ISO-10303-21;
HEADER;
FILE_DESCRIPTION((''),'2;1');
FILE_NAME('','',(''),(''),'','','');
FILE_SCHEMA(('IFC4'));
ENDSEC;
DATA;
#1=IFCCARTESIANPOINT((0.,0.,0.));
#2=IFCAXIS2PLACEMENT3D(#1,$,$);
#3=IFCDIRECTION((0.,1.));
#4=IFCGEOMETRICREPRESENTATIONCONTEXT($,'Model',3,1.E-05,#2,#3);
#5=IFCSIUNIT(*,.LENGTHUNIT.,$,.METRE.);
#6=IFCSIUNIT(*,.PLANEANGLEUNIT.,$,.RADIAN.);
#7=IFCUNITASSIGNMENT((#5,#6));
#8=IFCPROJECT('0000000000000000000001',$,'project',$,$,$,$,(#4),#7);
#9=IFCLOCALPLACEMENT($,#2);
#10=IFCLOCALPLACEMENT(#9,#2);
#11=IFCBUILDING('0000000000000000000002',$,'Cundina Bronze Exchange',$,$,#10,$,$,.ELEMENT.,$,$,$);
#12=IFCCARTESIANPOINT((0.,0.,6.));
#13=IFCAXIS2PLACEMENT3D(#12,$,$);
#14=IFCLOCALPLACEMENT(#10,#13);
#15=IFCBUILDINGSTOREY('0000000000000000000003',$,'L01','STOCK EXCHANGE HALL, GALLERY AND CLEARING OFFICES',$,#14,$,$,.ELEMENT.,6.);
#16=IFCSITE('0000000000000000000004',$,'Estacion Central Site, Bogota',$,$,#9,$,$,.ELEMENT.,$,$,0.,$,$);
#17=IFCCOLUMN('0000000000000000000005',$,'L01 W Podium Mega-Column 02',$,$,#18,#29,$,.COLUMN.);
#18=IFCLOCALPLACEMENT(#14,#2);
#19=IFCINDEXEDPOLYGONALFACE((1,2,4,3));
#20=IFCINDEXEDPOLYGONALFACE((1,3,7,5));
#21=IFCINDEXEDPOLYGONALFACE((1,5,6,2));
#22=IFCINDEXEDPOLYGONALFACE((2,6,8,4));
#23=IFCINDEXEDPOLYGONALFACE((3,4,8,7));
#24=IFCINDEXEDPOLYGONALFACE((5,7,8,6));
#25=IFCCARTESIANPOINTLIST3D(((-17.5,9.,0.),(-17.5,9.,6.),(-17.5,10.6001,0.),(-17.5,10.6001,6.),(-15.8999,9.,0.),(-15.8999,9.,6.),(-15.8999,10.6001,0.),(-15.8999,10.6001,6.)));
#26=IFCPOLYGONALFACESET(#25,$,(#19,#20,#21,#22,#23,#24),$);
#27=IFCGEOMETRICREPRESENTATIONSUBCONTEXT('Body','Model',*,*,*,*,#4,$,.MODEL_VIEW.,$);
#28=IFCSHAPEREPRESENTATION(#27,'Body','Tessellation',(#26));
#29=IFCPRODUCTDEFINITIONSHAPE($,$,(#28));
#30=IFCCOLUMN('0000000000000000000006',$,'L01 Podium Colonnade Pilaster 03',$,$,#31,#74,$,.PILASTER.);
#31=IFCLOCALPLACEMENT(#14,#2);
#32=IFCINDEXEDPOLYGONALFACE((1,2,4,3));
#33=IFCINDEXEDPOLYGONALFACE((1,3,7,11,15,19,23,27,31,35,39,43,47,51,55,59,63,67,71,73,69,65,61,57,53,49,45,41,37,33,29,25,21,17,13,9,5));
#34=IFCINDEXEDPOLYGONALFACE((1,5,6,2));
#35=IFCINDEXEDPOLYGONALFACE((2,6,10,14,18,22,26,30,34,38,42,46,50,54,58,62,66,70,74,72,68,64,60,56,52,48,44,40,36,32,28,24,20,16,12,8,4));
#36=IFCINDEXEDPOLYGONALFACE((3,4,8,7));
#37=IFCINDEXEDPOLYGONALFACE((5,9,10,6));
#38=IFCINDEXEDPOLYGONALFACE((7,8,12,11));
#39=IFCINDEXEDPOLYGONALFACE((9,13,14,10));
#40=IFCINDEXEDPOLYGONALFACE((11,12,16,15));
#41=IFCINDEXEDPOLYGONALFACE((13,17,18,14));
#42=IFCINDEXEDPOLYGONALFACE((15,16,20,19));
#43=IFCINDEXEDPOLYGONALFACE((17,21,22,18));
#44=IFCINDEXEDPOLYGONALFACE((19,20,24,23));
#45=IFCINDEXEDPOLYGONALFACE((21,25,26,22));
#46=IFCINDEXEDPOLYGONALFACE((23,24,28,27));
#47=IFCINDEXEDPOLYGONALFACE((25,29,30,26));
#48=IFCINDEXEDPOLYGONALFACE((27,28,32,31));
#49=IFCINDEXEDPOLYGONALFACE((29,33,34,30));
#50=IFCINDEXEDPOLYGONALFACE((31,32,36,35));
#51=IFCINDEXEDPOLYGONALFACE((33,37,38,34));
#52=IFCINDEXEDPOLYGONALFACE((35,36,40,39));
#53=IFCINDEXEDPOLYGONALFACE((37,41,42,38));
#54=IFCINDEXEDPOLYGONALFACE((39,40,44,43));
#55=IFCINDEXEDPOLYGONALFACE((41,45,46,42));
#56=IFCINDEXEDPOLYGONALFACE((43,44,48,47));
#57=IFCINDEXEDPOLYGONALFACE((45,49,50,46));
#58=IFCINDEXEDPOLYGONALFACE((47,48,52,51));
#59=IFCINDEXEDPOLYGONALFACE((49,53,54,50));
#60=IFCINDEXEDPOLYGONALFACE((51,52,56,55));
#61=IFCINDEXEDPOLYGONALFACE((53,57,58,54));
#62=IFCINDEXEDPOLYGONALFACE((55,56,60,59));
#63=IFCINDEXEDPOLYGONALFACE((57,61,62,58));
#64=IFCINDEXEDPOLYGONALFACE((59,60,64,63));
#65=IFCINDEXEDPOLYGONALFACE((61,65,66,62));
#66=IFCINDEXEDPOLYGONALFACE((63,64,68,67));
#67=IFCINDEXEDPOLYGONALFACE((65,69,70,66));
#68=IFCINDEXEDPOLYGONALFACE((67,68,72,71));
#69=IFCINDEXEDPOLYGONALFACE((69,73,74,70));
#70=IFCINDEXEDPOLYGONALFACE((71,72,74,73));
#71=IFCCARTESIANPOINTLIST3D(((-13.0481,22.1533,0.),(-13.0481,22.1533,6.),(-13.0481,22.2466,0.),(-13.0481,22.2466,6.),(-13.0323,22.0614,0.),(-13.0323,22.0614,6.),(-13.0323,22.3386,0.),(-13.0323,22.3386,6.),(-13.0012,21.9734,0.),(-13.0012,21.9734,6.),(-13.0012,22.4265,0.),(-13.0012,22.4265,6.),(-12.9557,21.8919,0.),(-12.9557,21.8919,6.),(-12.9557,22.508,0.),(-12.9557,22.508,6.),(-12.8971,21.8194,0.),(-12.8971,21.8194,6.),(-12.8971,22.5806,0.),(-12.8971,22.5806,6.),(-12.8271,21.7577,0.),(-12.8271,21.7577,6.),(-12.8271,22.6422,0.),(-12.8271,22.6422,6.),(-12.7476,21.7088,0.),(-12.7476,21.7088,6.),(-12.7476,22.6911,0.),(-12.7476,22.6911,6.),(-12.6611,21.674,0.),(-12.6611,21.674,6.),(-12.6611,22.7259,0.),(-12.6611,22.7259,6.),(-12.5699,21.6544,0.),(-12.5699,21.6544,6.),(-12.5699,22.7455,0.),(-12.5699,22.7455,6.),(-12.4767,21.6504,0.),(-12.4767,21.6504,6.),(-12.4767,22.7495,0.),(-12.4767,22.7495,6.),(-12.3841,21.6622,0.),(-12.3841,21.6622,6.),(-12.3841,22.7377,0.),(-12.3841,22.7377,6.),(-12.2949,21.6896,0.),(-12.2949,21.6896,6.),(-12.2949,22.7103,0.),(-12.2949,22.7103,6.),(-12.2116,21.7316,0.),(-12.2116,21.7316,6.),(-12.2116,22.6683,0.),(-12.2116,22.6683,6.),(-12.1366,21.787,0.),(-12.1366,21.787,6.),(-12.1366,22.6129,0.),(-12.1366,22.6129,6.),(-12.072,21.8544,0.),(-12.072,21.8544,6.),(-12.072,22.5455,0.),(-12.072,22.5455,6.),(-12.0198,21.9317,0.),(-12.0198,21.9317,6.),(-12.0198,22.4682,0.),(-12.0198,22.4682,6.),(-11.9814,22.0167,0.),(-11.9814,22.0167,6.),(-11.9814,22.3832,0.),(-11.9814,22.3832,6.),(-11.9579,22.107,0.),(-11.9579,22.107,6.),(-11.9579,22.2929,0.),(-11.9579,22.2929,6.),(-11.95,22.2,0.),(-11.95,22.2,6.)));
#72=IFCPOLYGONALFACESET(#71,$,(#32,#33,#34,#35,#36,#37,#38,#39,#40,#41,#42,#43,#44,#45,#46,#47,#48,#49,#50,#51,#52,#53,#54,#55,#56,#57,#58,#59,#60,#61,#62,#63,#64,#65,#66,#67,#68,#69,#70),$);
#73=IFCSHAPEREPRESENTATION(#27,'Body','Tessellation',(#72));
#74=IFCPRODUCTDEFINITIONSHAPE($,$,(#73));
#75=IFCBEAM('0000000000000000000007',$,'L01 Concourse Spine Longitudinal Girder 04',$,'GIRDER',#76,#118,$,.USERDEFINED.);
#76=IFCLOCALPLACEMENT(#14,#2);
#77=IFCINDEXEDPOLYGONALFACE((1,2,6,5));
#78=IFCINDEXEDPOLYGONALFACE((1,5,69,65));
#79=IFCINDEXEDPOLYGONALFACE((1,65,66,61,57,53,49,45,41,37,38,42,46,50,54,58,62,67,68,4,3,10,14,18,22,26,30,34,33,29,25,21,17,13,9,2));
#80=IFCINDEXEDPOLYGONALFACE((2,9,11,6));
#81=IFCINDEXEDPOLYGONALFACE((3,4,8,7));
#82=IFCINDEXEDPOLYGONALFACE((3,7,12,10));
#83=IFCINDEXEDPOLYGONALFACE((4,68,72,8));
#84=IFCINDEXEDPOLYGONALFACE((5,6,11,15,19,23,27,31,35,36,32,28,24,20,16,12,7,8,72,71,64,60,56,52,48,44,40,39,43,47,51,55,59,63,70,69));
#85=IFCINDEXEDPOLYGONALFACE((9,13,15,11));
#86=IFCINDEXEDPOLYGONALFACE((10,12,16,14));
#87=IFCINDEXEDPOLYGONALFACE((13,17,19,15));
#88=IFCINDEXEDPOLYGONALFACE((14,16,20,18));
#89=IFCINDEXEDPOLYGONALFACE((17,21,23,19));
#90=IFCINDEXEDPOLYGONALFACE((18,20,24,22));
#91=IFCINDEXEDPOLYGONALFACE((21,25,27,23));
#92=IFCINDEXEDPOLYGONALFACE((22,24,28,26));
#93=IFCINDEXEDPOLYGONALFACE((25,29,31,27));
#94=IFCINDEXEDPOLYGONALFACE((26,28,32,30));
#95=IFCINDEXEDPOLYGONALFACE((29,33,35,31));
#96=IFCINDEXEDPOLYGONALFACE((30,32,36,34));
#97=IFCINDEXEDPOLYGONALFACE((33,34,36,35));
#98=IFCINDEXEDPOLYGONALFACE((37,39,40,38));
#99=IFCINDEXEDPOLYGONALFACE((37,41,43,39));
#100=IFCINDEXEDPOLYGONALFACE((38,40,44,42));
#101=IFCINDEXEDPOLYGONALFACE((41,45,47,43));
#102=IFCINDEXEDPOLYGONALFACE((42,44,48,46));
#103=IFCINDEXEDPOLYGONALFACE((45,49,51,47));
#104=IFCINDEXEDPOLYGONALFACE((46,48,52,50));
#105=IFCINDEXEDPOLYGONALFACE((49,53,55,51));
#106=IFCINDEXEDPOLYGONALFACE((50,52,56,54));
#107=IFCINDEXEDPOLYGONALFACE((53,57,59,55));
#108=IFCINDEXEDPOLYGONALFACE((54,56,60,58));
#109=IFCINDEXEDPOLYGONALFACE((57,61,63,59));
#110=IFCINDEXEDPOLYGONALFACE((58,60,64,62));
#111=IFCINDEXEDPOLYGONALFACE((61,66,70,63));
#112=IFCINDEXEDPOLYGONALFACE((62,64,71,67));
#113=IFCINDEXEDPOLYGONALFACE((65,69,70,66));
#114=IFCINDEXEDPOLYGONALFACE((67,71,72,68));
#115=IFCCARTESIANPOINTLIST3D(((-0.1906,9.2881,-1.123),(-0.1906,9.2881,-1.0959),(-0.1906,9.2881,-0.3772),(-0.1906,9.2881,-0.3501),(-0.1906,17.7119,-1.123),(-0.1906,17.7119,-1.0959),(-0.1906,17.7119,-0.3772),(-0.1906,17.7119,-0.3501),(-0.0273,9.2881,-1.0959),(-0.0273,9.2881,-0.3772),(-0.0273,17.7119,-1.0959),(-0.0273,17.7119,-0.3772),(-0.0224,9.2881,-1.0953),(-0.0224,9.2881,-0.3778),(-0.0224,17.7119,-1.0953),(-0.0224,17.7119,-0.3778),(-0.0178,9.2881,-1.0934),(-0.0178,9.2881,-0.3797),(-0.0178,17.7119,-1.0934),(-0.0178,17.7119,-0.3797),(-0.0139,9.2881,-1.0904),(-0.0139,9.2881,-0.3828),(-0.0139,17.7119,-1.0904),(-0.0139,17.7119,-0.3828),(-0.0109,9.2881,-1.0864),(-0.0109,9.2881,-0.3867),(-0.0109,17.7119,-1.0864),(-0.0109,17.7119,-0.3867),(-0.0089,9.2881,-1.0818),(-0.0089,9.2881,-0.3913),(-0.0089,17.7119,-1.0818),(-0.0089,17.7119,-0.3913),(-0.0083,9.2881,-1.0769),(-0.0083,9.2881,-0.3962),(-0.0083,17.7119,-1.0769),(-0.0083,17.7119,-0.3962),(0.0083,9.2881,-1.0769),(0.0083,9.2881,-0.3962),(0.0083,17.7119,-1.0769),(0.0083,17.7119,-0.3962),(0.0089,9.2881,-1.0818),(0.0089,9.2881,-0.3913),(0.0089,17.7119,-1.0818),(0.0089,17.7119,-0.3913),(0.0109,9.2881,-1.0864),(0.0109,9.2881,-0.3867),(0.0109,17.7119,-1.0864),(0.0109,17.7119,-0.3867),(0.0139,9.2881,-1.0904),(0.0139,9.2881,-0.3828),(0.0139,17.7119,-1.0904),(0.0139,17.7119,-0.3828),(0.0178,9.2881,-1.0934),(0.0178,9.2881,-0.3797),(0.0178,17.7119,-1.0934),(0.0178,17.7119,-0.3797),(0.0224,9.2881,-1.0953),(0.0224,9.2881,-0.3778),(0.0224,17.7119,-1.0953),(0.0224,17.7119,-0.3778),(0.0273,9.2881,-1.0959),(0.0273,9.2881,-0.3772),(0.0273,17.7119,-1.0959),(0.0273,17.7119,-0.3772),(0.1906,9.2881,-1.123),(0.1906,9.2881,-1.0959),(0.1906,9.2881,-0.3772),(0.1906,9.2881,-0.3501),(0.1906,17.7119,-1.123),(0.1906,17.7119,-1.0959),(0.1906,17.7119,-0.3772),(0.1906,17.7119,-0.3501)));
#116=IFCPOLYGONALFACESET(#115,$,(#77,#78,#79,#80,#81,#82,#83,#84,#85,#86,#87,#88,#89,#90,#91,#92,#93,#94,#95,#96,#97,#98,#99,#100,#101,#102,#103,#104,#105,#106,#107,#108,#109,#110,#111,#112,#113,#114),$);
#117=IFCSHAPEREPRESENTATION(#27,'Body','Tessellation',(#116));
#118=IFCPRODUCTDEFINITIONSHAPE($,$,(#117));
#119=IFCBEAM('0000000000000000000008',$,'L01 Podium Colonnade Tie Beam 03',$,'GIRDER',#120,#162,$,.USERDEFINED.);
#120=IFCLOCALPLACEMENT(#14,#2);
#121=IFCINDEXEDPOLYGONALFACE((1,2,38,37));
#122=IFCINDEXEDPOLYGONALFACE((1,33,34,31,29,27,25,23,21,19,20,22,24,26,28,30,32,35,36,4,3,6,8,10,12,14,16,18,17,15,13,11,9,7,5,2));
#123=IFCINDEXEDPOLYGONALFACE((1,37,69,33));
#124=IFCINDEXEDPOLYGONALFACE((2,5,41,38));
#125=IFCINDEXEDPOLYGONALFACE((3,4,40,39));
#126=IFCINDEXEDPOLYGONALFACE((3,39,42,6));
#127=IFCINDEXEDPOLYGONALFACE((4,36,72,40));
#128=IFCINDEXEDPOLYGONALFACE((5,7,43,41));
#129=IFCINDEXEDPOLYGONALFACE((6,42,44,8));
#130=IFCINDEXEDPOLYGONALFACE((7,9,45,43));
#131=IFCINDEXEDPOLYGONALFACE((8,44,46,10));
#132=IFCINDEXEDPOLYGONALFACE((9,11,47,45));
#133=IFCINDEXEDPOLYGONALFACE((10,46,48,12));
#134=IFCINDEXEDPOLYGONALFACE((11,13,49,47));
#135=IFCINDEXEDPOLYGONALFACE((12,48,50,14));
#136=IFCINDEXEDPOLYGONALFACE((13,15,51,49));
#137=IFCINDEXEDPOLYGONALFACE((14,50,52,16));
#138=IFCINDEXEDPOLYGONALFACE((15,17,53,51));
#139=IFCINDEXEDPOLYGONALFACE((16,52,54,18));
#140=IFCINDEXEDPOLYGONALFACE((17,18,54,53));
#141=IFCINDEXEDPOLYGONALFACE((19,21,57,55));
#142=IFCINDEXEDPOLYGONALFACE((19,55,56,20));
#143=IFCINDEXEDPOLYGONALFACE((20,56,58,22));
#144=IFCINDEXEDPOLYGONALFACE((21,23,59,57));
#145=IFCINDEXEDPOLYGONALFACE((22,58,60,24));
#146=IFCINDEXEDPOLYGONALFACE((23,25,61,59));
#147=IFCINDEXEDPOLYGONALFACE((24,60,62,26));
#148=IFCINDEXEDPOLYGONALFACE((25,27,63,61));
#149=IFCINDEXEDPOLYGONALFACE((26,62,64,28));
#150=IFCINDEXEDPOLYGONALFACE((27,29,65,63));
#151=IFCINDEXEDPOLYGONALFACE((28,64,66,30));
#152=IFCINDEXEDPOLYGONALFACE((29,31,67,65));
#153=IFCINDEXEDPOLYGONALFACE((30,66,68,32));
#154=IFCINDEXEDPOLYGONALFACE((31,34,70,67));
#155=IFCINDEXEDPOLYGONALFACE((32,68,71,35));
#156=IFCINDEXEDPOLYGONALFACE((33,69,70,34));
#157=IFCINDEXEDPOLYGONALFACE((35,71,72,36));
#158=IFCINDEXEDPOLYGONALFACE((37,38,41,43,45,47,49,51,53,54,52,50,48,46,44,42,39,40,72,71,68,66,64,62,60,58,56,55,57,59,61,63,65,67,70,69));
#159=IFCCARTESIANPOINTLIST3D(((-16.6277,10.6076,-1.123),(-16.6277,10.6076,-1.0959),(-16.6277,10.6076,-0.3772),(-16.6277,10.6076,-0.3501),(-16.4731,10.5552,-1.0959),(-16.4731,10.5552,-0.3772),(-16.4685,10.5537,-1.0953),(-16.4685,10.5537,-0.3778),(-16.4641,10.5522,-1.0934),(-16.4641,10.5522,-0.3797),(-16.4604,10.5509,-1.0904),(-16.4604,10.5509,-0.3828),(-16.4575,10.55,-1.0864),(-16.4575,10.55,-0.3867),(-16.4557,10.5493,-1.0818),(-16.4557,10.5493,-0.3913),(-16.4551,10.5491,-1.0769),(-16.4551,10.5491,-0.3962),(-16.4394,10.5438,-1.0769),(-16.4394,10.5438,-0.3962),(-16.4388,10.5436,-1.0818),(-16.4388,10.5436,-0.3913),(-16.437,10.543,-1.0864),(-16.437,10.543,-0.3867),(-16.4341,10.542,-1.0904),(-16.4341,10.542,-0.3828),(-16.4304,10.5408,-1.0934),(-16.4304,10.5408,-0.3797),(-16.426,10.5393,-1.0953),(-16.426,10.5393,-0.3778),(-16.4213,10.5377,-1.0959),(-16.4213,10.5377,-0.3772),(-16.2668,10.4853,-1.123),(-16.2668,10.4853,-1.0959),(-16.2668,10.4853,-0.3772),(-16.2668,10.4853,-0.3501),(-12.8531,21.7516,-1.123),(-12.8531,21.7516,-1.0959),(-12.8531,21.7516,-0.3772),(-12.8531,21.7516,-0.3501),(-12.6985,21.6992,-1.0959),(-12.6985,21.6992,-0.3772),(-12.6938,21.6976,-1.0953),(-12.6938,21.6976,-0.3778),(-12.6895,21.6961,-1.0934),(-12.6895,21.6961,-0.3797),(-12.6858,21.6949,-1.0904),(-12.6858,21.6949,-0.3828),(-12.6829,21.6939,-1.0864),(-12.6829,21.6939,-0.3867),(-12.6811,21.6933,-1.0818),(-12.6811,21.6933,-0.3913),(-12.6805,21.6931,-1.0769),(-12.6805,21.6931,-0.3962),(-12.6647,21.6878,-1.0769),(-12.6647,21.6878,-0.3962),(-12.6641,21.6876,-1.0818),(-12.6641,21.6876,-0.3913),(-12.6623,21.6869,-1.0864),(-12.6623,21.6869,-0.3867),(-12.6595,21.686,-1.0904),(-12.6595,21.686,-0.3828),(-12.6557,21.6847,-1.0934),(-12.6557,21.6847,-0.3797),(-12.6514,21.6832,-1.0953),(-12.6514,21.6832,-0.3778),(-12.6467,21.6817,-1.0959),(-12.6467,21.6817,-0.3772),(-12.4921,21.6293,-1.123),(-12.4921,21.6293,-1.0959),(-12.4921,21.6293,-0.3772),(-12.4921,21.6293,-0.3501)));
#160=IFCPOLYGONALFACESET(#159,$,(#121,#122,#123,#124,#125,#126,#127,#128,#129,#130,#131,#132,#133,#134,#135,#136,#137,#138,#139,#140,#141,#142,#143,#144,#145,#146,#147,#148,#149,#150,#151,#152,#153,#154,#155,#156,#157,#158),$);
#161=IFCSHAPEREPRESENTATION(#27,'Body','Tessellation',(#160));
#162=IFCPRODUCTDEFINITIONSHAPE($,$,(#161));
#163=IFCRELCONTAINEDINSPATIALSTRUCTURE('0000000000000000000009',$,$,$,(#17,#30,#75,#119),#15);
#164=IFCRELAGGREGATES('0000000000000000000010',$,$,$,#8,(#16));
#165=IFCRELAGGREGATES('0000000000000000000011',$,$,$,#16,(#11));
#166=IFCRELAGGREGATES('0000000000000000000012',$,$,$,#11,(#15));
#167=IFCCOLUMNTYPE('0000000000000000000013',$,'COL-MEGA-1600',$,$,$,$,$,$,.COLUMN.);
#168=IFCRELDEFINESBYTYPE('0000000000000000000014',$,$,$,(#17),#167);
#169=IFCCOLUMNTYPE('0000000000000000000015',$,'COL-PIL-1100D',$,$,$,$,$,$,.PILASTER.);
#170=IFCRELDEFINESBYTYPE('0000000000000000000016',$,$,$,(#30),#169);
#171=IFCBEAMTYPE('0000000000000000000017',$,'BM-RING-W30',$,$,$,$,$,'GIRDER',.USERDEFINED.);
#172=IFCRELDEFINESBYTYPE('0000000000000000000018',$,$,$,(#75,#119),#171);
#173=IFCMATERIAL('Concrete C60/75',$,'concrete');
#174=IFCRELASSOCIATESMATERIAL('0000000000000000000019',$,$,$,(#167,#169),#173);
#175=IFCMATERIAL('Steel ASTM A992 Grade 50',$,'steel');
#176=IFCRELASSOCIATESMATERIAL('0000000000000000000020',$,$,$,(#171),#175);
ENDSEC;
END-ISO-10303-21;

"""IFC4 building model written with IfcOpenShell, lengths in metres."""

from ifc_helpers import new_model, si_unit, direction, frame, origin, origin_2d, place, context, subcontext, project, spatial, rectangle, circle, i_section, extrude, material, material_profile, profile_set, type_object, element, save


model = new_model("IFC4")

# Units and contexts
model_context = context("Model", 3, precision=1e-05, world=origin(), true_north=direction((0.0, 1.0)))
body_context = subcontext(model_context, "Body", "Model", "MODEL_VIEW")
ifc_project = project(units=[si_unit("LENGTHUNIT", "METRE"), si_unit("PLANEANGLEUNIT", "RADIAN")], contexts=[model_context])

# Site, building, storey
site_placement = place(None, origin())
site = spatial("IfcSite", under=ifc_project, at=site_placement, Name="Estacion Central Site, Bogota", CompositionType="ELEMENT", RefElevation=0.0)
building_placement = place(site_placement, origin())
building = spatial("IfcBuilding", under=site, at=building_placement, Name="Cundina Bronze Exchange", CompositionType="ELEMENT")
storey_placement = place(building_placement, frame((0.0, 0.0, 6.0)))
storey = spatial("IfcBuildingStorey", under=building, at=storey_placement, Name="L01", Description="STOCK EXCHANGE HALL, GALLERY AND CLEARING OFFICES", CompositionType="ELEMENT", Elevation=6.0)

# Columns
ifc_material_1 = material(Name="Concrete C60/75", Category="concrete")
ifc_material_profile_1 = material_profile(ifc_material_1, rectangle(XDim=1.6001, YDim=1.6001, at=origin_2d()), Name="RC1600X1600", Category="concrete")
ifc_profile_set_1 = profile_set([ifc_material_profile_1], Name="Concrete C60/75")
column_type_1 = type_object("IfcColumnType", Name="COL-MEGA-1600", PredefinedType="COLUMN", material=ifc_profile_set_1)
column_1_placement = place(storey_placement, frame((-16.7, 9.8, 0.0), z_axis=(0.0, 0.0, 1.0), x_axis=(1.0, 0.0, 0.0)))
element("IfcColumn", 1, at=column_1_placement, inside=storey, type_object=column_type_1, Name="L01 W Podium Mega-Column 02", PredefinedType="COLUMN", context=body_context, shape_type="SweptSolid", body=[
    extrude(rectangle(XDim=1.6001, YDim=1.6001, at=origin_2d()), origin(), (0.0, 0.0, 1.0), 6.0),
])
ifc_material_profile_2 = material_profile(ifc_material_1, circle(Radius=0.55, at=origin_2d()), Name="RC1100D", Category="concrete")
ifc_profile_set_2 = profile_set([ifc_material_profile_2], Name="Concrete C60/75")
column_type_2 = type_object("IfcColumnType", Name="COL-PIL-1100D", PredefinedType="PILASTER", material=ifc_profile_set_2)
column_2_placement = place(storey_placement, frame((-12.5, 22.2, 0.0), z_axis=(0.0, 0.0, 1.0), x_axis=(1.0, 0.0, 0.0)))
element("IfcColumn", 2, at=column_2_placement, inside=storey, type_object=column_type_2, Name="L01 Podium Colonnade Pilaster 03", PredefinedType="PILASTER", context=body_context, shape_type="SweptSolid", body=[
    extrude(circle(Radius=0.55, at=origin_2d()), origin(), (0.0, 0.0, 1.0), 6.0),
])

# Beams
ifc_material_2 = material(Name="Steel ASTM A992 Grade 50", Category="steel")
ifc_material_profile_3 = material_profile(ifc_material_2, i_section(OverallWidth=0.3811, OverallDepth=0.7729, WebThickness=0.0166, FlangeThickness=0.0271, FilletRadius=0.019, at=origin_2d()), Name="W30X173", Category="steel")
ifc_profile_set_3 = profile_set([ifc_material_profile_3], Name="Steel ASTM A992 Grade 50")
beam_type = type_object("IfcBeamType", Name="BM-RING-W30", ElementType="GIRDER", PredefinedType="USERDEFINED", material=ifc_profile_set_3)
beam_1_placement = place(storey_placement, frame((0.0, 9.2881, -0.7366), z_axis=(0.0, 1.0, 0.0), x_axis=(-1.0, 0.0, 0.0)))
element("IfcBeam", 3, at=beam_1_placement, inside=storey, type_object=beam_type, Name="L01 Concourse Spine Longitudinal Girder 04", ObjectType="GIRDER", PredefinedType="USERDEFINED", context=body_context, shape_type="SweptSolid", body=[
    extrude(i_section(OverallWidth=0.3811, OverallDepth=0.7729, WebThickness=0.0166, FlangeThickness=0.0271, FilletRadius=0.019, at=origin_2d()), origin(), (0.0, 0.0, 1.0), 8.4238),
])
beam_2_placement = place(storey_placement, frame((-12.6726, 21.6904, -0.7366), z_axis=(-0.320812, -0.947143, 0.0), x_axis=(0.947143, -0.320812, 0.0)))
element("IfcBeam", 4, at=beam_2_placement, inside=storey, type_object=beam_type, Name="L01 Podium Colonnade Tie Beam 03", ObjectType="GIRDER", PredefinedType="USERDEFINED", context=body_context, shape_type="SweptSolid", body=[
    extrude(i_section(OverallWidth=0.3811, OverallDepth=0.7729, WebThickness=0.0166, FlangeThickness=0.0271, FilletRadius=0.019, at=origin_2d()), origin(), (0.0, 0.0, 1.0), 11.7659),
])

save(model, "model.ifc")
